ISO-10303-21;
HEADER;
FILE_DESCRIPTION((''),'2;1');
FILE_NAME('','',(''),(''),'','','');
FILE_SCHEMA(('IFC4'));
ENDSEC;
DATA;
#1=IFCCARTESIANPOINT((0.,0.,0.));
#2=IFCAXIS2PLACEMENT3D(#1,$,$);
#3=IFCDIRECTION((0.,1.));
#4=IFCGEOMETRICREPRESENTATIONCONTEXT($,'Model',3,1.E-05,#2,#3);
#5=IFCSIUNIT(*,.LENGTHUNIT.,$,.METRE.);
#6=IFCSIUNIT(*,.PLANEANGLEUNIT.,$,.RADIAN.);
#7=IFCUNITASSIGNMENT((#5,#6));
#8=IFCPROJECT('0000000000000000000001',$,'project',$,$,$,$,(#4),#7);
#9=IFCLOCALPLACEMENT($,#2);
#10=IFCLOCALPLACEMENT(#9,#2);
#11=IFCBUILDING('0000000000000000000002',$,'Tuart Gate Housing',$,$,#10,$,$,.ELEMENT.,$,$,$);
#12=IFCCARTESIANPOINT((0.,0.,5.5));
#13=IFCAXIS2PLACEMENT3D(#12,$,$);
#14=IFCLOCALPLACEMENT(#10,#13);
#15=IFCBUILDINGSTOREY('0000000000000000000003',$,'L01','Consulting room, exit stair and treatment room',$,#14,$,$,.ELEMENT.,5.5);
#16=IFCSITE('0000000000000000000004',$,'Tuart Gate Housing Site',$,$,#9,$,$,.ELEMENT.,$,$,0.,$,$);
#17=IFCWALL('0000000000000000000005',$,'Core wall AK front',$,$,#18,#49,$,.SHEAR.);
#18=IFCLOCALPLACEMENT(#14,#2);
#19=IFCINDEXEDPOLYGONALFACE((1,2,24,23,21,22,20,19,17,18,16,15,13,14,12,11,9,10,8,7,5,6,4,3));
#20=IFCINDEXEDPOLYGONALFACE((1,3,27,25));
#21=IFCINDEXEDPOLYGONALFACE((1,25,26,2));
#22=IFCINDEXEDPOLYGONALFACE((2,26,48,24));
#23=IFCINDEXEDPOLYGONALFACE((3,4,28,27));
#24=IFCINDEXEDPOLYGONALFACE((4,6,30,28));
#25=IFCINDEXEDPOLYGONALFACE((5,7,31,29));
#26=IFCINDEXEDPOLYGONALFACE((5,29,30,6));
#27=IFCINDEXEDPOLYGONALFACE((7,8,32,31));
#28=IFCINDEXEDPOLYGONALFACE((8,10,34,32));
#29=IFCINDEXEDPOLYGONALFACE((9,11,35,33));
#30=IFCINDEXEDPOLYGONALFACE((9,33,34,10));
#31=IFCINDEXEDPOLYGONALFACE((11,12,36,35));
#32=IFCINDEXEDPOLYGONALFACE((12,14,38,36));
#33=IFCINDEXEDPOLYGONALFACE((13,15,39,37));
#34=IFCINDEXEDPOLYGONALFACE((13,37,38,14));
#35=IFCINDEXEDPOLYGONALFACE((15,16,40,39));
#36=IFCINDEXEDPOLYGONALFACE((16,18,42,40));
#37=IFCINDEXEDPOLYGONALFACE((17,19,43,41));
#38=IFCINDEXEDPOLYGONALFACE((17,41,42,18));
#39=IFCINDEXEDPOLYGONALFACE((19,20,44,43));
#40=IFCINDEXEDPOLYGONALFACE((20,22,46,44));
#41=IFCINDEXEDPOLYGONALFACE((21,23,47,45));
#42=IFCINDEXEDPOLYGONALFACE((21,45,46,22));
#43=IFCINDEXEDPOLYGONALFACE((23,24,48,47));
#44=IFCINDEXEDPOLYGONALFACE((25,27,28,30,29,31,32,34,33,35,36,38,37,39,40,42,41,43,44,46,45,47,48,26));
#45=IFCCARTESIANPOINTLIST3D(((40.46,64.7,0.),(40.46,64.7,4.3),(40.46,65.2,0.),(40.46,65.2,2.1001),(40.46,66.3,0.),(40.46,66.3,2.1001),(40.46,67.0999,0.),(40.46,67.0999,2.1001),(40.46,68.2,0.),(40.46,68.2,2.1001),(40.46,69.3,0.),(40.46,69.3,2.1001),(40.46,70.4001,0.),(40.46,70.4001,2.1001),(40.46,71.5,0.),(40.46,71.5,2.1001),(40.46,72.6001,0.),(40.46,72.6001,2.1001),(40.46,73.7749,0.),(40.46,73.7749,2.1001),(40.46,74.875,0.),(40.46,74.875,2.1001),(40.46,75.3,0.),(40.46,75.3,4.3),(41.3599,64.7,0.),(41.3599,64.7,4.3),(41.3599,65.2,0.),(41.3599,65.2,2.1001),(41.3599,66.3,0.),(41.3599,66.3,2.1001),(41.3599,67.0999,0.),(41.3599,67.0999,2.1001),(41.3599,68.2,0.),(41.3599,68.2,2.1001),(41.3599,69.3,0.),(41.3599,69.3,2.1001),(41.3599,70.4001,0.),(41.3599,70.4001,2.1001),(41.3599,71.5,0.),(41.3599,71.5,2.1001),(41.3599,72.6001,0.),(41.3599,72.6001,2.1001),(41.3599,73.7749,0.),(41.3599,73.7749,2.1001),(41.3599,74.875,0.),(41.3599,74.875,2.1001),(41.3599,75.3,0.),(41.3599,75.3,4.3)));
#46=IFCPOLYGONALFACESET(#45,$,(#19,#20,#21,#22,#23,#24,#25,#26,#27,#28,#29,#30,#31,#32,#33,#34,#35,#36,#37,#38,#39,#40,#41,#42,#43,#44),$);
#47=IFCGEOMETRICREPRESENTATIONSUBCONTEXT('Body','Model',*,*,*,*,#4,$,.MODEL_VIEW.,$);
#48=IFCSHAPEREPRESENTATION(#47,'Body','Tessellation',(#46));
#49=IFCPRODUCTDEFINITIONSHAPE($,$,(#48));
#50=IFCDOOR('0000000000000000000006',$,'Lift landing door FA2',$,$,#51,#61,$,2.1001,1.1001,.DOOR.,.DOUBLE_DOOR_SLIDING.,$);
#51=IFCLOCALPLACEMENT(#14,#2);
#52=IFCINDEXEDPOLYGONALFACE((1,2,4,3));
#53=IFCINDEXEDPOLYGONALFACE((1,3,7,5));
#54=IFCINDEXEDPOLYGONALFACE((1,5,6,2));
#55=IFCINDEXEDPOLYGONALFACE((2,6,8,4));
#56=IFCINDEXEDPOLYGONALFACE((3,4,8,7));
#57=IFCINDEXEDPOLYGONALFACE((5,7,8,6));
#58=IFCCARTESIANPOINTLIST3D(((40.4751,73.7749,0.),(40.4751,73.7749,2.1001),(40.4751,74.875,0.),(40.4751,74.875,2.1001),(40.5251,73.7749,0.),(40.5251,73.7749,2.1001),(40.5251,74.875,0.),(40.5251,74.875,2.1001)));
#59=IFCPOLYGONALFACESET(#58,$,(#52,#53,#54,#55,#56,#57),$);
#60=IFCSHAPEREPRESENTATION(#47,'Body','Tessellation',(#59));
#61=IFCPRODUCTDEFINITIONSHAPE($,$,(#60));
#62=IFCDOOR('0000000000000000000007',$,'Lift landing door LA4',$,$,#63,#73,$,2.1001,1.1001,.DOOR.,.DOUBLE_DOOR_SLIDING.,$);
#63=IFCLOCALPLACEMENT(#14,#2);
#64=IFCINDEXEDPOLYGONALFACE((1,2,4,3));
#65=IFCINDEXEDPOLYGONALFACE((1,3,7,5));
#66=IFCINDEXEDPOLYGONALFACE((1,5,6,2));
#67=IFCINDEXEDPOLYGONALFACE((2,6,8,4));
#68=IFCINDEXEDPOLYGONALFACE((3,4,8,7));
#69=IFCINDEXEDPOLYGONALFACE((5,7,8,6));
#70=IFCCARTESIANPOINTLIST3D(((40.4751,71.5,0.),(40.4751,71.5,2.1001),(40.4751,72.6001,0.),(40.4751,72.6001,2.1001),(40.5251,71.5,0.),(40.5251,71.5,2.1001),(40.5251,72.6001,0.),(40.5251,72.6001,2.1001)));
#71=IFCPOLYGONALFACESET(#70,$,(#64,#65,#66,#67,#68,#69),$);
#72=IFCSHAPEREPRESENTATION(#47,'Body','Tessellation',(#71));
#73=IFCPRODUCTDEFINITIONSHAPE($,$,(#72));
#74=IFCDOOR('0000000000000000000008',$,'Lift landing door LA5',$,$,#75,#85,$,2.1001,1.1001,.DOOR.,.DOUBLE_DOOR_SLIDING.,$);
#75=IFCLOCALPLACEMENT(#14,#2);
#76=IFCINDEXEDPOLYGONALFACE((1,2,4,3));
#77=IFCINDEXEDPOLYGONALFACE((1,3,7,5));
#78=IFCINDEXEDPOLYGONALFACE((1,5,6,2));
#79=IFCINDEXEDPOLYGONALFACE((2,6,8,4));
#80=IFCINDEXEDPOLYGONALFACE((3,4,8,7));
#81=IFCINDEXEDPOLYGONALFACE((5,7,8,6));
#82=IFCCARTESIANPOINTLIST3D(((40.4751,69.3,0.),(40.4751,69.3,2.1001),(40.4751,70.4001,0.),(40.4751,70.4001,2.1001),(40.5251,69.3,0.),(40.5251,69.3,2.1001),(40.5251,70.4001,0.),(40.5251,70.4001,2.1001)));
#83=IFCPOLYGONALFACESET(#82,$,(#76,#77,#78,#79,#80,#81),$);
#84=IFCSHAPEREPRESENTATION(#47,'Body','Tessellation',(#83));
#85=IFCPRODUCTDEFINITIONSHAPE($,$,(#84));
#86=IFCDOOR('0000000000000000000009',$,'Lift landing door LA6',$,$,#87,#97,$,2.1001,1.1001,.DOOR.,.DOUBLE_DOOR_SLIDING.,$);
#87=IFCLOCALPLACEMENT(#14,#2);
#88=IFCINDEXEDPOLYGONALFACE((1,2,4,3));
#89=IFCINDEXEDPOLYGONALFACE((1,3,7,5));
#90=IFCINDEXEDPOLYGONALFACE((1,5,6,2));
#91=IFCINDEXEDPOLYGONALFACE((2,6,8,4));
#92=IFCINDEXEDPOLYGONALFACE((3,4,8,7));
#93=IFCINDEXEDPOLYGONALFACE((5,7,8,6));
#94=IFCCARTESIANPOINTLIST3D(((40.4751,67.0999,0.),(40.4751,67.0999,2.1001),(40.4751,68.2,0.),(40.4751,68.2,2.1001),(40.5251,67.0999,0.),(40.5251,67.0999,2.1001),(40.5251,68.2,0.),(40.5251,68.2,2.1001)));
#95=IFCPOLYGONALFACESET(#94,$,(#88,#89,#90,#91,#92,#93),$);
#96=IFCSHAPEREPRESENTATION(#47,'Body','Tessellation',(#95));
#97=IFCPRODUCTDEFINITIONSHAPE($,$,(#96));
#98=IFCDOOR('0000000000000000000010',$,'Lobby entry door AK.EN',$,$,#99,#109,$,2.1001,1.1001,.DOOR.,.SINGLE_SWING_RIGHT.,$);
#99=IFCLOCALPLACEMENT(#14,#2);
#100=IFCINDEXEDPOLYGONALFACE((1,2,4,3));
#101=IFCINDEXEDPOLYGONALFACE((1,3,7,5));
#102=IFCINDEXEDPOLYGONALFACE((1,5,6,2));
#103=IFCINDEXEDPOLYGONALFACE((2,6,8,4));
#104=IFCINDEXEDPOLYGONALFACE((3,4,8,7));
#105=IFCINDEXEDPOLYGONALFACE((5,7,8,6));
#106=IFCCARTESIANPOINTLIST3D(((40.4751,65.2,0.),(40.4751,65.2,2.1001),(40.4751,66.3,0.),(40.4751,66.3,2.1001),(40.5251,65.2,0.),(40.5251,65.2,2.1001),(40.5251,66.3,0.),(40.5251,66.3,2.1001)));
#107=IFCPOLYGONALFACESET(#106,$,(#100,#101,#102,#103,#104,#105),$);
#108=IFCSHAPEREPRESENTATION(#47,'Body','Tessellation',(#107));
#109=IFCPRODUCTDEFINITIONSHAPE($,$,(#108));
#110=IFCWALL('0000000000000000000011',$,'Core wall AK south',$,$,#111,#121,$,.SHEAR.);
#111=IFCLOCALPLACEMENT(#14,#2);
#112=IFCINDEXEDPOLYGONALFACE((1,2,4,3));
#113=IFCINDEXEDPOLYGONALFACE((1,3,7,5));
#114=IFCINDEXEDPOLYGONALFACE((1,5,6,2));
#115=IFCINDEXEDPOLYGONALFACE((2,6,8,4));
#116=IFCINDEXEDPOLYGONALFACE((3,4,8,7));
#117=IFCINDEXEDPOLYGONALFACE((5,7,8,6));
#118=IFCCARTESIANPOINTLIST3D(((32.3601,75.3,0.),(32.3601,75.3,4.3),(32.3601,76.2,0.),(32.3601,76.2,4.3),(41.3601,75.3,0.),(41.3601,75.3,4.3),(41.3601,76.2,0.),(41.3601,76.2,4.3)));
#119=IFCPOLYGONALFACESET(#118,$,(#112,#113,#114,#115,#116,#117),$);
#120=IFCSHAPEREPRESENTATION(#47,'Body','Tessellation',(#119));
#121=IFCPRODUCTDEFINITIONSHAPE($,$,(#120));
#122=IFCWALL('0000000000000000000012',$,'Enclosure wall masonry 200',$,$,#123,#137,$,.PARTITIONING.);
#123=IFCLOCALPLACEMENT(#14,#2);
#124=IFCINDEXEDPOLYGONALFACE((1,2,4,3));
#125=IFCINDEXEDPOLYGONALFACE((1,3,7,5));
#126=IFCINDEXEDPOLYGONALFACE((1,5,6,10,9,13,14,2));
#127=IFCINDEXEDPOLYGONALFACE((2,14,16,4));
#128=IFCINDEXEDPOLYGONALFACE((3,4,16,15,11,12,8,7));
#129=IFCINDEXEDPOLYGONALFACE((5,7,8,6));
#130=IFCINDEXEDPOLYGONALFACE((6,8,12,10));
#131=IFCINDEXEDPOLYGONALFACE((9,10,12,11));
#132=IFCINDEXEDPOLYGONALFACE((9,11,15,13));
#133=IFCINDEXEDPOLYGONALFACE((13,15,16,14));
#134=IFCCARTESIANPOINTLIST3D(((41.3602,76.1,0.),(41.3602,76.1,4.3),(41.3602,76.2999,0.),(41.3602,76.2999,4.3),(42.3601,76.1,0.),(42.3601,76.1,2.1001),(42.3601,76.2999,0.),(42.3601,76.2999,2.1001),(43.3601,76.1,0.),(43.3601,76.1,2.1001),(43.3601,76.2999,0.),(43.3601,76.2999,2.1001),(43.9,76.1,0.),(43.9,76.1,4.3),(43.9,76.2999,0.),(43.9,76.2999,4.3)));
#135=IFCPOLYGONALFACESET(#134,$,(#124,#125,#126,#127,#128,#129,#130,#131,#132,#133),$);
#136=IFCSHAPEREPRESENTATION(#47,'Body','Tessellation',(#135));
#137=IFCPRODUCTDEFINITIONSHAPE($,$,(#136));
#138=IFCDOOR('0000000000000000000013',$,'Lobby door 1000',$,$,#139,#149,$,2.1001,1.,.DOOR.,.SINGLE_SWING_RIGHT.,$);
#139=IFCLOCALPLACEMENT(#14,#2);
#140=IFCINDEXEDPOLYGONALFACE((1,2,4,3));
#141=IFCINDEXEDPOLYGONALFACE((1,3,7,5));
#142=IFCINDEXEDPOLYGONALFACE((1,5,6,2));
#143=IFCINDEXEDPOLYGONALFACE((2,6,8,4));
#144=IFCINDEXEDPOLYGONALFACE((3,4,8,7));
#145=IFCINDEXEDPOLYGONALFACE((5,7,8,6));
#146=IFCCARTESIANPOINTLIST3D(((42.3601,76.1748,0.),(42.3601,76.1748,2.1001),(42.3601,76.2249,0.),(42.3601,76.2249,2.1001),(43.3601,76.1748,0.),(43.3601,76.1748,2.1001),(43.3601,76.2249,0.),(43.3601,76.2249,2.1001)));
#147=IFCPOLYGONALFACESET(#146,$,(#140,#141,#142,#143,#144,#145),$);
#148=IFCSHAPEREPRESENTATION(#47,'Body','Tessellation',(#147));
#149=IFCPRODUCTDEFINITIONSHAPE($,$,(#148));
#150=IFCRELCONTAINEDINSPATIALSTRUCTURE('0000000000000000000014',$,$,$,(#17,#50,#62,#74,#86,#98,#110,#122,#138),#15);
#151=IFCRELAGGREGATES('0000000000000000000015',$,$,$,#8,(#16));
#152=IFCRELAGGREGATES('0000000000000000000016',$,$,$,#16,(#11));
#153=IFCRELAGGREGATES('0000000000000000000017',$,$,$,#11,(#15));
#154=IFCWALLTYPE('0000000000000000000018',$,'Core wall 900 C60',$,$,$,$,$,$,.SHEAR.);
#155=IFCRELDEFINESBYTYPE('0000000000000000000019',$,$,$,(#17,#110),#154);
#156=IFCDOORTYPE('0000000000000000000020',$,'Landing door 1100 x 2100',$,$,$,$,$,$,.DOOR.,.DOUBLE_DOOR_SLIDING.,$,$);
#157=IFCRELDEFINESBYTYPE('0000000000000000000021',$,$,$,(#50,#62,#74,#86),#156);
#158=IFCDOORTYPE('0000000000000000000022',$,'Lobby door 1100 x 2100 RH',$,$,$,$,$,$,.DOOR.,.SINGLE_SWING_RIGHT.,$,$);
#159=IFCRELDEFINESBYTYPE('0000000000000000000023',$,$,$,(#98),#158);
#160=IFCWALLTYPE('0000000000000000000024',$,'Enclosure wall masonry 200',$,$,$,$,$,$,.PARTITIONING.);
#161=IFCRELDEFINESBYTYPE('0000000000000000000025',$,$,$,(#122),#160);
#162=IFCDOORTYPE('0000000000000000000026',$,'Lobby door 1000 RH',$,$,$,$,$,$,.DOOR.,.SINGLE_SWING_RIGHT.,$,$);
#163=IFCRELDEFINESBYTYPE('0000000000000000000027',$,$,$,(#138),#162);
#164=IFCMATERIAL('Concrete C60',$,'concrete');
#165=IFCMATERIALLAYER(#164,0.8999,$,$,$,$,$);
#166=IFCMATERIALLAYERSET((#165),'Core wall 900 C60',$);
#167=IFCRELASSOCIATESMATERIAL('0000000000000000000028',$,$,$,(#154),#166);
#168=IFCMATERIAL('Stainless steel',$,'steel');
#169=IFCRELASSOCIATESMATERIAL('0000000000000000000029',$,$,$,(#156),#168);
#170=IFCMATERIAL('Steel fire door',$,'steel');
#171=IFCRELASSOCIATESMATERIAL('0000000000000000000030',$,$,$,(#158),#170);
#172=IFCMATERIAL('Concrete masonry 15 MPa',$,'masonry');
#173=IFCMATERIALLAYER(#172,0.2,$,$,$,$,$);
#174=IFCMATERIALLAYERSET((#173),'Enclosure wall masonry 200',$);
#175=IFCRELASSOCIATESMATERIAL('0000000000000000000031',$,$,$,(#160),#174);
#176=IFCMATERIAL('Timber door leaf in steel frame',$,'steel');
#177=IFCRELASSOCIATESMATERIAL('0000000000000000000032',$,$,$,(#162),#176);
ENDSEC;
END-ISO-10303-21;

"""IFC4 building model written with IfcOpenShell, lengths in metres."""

from ifc_helpers import new_model, si_unit, direction, frame, frame_2d, origin, place, context, subcontext, project, spatial, rectangle, extrude, material, layer, layer_set, type_object, element, fill, save


model = new_model("IFC4")

# Units and contexts
model_context = context("Model", 3, precision=1e-05, world=origin(), true_north=direction((0.0, 1.0)))
body_context = subcontext(model_context, "Body", "Model", "MODEL_VIEW")
ifc_project = project(units=[si_unit("LENGTHUNIT", "METRE"), si_unit("PLANEANGLEUNIT", "RADIAN")], contexts=[model_context])

# Site, building, storey
site_placement = place(None, origin())
site = spatial("IfcSite", under=ifc_project, at=site_placement, Name="Tuart Gate Housing Site", CompositionType="ELEMENT", RefElevation=0.0)
building_placement = place(site_placement, origin())
building = spatial("IfcBuilding", under=site, at=building_placement, Name="Tuart Gate Housing", CompositionType="ELEMENT")
storey_placement = place(building_placement, frame((0.0, 0.0, 5.5)))
storey = spatial("IfcBuildingStorey", under=building, at=storey_placement, Name="L01", Description="Consulting room, exit stair and treatment room", CompositionType="ELEMENT", Elevation=5.5)

# Wall, openings, doors
ifc_material_1 = material(Name="Concrete C60", Category="concrete")
ifc_layer_1 = layer(ifc_material_1, 0.8999)
ifc_layer_set_1 = layer_set([ifc_layer_1], Name="Core wall 900 C60")
wall_type_1 = type_object("IfcWallType", Name="Core wall 900 C60", PredefinedType="SHEAR", material=ifc_layer_set_1)
wall_1_placement = place(storey_placement, frame((40.9099, 75.3, 0.0), z_axis=(0.0, 0.0, 1.0), x_axis=(0.0, -1.0, 0.0)))
wall_1 = element("IfcWall", 1, at=wall_1_placement, inside=storey, type_object=wall_type_1, Name="Core wall AK front", PredefinedType="SHEAR", context=body_context, shape_type="SweptSolid", body=[
    extrude(rectangle(XDim=10.6001, YDim=0.8999, at=frame_2d((5.3, 0.0))), origin(), (0.0, 0.0, 1.0), 4.3),
])
opening_1_placement = place(wall_1_placement, frame((0.425, 0.0, 0.0)))
opening_1 = element("IfcOpeningElement", 2, at=opening_1_placement, cuts=wall_1, PredefinedType="OPENING", context=body_context, shape_type="SweptSolid", body=[
    extrude(rectangle(XDim=1.1001, YDim=2.1001, at=frame_2d((0.55, 1.05))), frame((0.0, 0.46, 0.0), z_axis=(0.0, -1.0, 0.0), x_axis=(1.0, 0.0, 0.0)), (0.0, 0.0, 1.0), 0.9199),
])
opening_2_placement = place(wall_1_placement, frame((2.7, 0.0, 0.0)))
opening_2 = element("IfcOpeningElement", 3, at=opening_2_placement, cuts=wall_1, PredefinedType="OPENING", context=body_context, shape_type="SweptSolid", body=[
    extrude(rectangle(XDim=1.1001, YDim=2.1001, at=frame_2d((0.55, 1.05))), frame((0.0, 0.46, 0.0), z_axis=(0.0, -1.0, 0.0), x_axis=(1.0, 0.0, 0.0)), (0.0, 0.0, 1.0), 0.9199),
])
opening_3_placement = place(wall_1_placement, frame((4.8999, 0.0, 0.0)))
opening_3 = element("IfcOpeningElement", 4, at=opening_3_placement, cuts=wall_1, PredefinedType="OPENING", context=body_context, shape_type="SweptSolid", body=[
    extrude(rectangle(XDim=1.1001, YDim=2.1001, at=frame_2d((0.55, 1.05))), frame((0.0, 0.46, 0.0), z_axis=(0.0, -1.0, 0.0), x_axis=(1.0, 0.0, 0.0)), (0.0, 0.0, 1.0), 0.9199),
])
opening_4_placement = place(wall_1_placement, frame((7.1001, 0.0, 0.0)))
opening_4 = element("IfcOpeningElement", 5, at=opening_4_placement, cuts=wall_1, PredefinedType="OPENING", context=body_context, shape_type="SweptSolid", body=[
    extrude(rectangle(XDim=1.1001, YDim=2.1001, at=frame_2d((0.55, 1.05))), frame((0.0, 0.46, 0.0), z_axis=(0.0, -1.0, 0.0), x_axis=(1.0, 0.0, 0.0)), (0.0, 0.0, 1.0), 0.9199),
])
opening_5_placement = place(wall_1_placement, frame((9.0, 0.0, 0.0)))
opening_5 = element("IfcOpeningElement", 6, at=opening_5_placement, cuts=wall_1, PredefinedType="OPENING", context=body_context, shape_type="SweptSolid", body=[
    extrude(rectangle(XDim=1.1001, YDim=2.1001, at=frame_2d((0.55, 1.05))), frame((0.0, 0.46, 0.0), z_axis=(0.0, -1.0, 0.0), x_axis=(1.0, 0.0, 0.0)), (0.0, 0.0, 1.0), 0.9199),
])
ifc_material_2 = material(Name="Stainless steel", Category="steel")
door_type_1 = type_object("IfcDoorType", Name="Landing door 1100 x 2100", OperationType="DOUBLE_DOOR_SLIDING", PredefinedType="DOOR", material=ifc_material_2)
door_1_placement = place(opening_1_placement, origin())
door_1 = element("IfcDoor", 7, at=door_1_placement, inside=storey, type_object=door_type_1, Name="Lift landing door FA2", OperationType="DOUBLE_DOOR_SLIDING", OverallHeight=2.1001, OverallWidth=1.1001, PredefinedType="DOOR", context=body_context, shape_type="SweptSolid", body=[
    extrude(rectangle(XDim=1.1001, YDim=2.1001, at=frame_2d((0.55, 1.05))), frame((0.0, -0.3848, 0.0), z_axis=(0.0, -1.0, 0.0), x_axis=(1.0, 0.0, 0.0)), (0.0, 0.0, 1.0), 0.05),
])
fill(opening_1, door_1)
door_2_placement = place(opening_2_placement, origin())
door_2 = element("IfcDoor", 8, at=door_2_placement, inside=storey, type_object=door_type_1, Name="Lift landing door LA4", OperationType="DOUBLE_DOOR_SLIDING", OverallHeight=2.1001, OverallWidth=1.1001, PredefinedType="DOOR", context=body_context, shape_type="SweptSolid", body=[
    extrude(rectangle(XDim=1.1001, YDim=2.1001, at=frame_2d((0.55, 1.05))), frame((0.0, -0.3848, 0.0), z_axis=(0.0, -1.0, 0.0), x_axis=(1.0, 0.0, 0.0)), (0.0, 0.0, 1.0), 0.05),
])
fill(opening_2, door_2)
door_3_placement = place(opening_3_placement, origin())
door_3 = element("IfcDoor", 9, at=door_3_placement, inside=storey, type_object=door_type_1, Name="Lift landing door LA5", OperationType="DOUBLE_DOOR_SLIDING", OverallHeight=2.1001, OverallWidth=1.1001, PredefinedType="DOOR", context=body_context, shape_type="SweptSolid", body=[
    extrude(rectangle(XDim=1.1001, YDim=2.1001, at=frame_2d((0.55, 1.05))), frame((0.0, -0.3848, 0.0), z_axis=(0.0, -1.0, 0.0), x_axis=(1.0, 0.0, 0.0)), (0.0, 0.0, 1.0), 0.05),
])
fill(opening_3, door_3)
door_4_placement = place(opening_4_placement, origin())
door_4 = element("IfcDoor", 10, at=door_4_placement, inside=storey, type_object=door_type_1, Name="Lift landing door LA6", OperationType="DOUBLE_DOOR_SLIDING", OverallHeight=2.1001, OverallWidth=1.1001, PredefinedType="DOOR", context=body_context, shape_type="SweptSolid", body=[
    extrude(rectangle(XDim=1.1001, YDim=2.1001, at=frame_2d((0.55, 1.05))), frame((0.0, -0.3848, 0.0), z_axis=(0.0, -1.0, 0.0), x_axis=(1.0, 0.0, 0.0)), (0.0, 0.0, 1.0), 0.05),
])
fill(opening_4, door_4)
ifc_material_3 = material(Name="Steel fire door", Category="steel")
door_type_2 = type_object("IfcDoorType", Name="Lobby door 1100 x 2100 RH", OperationType="SINGLE_SWING_RIGHT", PredefinedType="DOOR", material=ifc_material_3)
door_5_placement = place(opening_5_placement, frame((1.1001, 0.0, 0.0), z_axis=(0.0, 0.0, 1.0), x_axis=(-1.0, 0.0, 0.0)))
door_5 = element("IfcDoor", 11, at=door_5_placement, inside=storey, type_object=door_type_2, Name="Lobby entry door AK.EN", OperationType="SINGLE_SWING_RIGHT", OverallHeight=2.1001, OverallWidth=1.1001, PredefinedType="DOOR", context=body_context, shape_type="SweptSolid", body=[
    extrude(rectangle(XDim=1.1001, YDim=2.1001, at=frame_2d((0.55, 1.05))), frame((0.0, 0.4348, 0.0), z_axis=(0.0, -1.0, 0.0), x_axis=(1.0, 0.0, 0.0)), (0.0, 0.0, 1.0), 0.05),
])
fill(opening_5, door_5)

# Wall
wall_2_placement = place(storey_placement, frame((41.3601, 75.75, 0.0), z_axis=(0.0, 0.0, 1.0), x_axis=(-1.0, 0.0, 0.0)))
element("IfcWall", 12, at=wall_2_placement, inside=storey, type_object=wall_type_1, Name="Core wall AK south", PredefinedType="SHEAR", context=body_context, shape_type="SweptSolid", body=[
    extrude(rectangle(XDim=9.0, YDim=0.8999, at=frame_2d((4.5, 0.0))), origin(), (0.0, 0.0, 1.0), 4.3),
])

# Wall, opening, door
ifc_material_4 = material(Name="Concrete masonry 15 MPa", Category="masonry")
ifc_layer_2 = layer(ifc_material_4, 0.2)
ifc_layer_set_2 = layer_set([ifc_layer_2], Name="Enclosure wall masonry 200")
wall_type_2 = type_object("IfcWallType", Name="Enclosure wall masonry 200", PredefinedType="PARTITIONING", material=ifc_layer_set_2)
wall_3_placement = place(storey_placement, frame((41.3601, 76.2, 0.0), z_axis=(0.0, 0.0, 1.0), x_axis=(1.0, 0.0, 0.0)))
wall_3 = element("IfcWall", 13, at=wall_3_placement, inside=storey, type_object=wall_type_2, Name="Enclosure wall masonry 200", PredefinedType="PARTITIONING", context=body_context, shape_type="SweptSolid", body=[
    extrude(rectangle(XDim=2.5398, YDim=0.2, at=frame_2d((1.27, 0.0))), origin(), (0.0, 0.0, 1.0), 4.3),
])
opening_6_placement = place(wall_3_placement, frame((1.0, 0.0, 0.0)))
opening_6 = element("IfcOpeningElement", 14, at=opening_6_placement, cuts=wall_3, PredefinedType="OPENING", context=body_context, shape_type="SweptSolid", body=[
    extrude(rectangle(XDim=1.0, YDim=2.1001, at=frame_2d((0.5, 1.05))), frame((0.0, 0.1099, 0.0), z_axis=(0.0, -1.0, 0.0), x_axis=(1.0, 0.0, 0.0)), (0.0, 0.0, 1.0), 0.22),
])
ifc_material_5 = material(Name="Timber door leaf in steel frame", Category="steel")
door_type_3 = type_object("IfcDoorType", Name="Lobby door 1000 RH", OperationType="SINGLE_SWING_RIGHT", PredefinedType="DOOR", material=ifc_material_5)
door_6_placement = place(opening_6_placement, origin())
door_6 = element("IfcDoor", 15, at=door_6_placement, inside=storey, type_object=door_type_3, Name="Lobby door 1000", OperationType="SINGLE_SWING_RIGHT", OverallHeight=2.1001, OverallWidth=1.0, PredefinedType="DOOR", context=body_context, shape_type="SweptSolid", body=[
    extrude(rectangle(XDim=1.0, YDim=2.1001, at=frame_2d((0.5, 1.05))), frame((0.0, 0.0249, 0.0), z_axis=(0.0, -1.0, 0.0), x_axis=(1.0, 0.0, 0.0)), (0.0, 0.0, 1.0), 0.05),
])
fill(opening_6, door_6)

save(model, "model.ifc")
